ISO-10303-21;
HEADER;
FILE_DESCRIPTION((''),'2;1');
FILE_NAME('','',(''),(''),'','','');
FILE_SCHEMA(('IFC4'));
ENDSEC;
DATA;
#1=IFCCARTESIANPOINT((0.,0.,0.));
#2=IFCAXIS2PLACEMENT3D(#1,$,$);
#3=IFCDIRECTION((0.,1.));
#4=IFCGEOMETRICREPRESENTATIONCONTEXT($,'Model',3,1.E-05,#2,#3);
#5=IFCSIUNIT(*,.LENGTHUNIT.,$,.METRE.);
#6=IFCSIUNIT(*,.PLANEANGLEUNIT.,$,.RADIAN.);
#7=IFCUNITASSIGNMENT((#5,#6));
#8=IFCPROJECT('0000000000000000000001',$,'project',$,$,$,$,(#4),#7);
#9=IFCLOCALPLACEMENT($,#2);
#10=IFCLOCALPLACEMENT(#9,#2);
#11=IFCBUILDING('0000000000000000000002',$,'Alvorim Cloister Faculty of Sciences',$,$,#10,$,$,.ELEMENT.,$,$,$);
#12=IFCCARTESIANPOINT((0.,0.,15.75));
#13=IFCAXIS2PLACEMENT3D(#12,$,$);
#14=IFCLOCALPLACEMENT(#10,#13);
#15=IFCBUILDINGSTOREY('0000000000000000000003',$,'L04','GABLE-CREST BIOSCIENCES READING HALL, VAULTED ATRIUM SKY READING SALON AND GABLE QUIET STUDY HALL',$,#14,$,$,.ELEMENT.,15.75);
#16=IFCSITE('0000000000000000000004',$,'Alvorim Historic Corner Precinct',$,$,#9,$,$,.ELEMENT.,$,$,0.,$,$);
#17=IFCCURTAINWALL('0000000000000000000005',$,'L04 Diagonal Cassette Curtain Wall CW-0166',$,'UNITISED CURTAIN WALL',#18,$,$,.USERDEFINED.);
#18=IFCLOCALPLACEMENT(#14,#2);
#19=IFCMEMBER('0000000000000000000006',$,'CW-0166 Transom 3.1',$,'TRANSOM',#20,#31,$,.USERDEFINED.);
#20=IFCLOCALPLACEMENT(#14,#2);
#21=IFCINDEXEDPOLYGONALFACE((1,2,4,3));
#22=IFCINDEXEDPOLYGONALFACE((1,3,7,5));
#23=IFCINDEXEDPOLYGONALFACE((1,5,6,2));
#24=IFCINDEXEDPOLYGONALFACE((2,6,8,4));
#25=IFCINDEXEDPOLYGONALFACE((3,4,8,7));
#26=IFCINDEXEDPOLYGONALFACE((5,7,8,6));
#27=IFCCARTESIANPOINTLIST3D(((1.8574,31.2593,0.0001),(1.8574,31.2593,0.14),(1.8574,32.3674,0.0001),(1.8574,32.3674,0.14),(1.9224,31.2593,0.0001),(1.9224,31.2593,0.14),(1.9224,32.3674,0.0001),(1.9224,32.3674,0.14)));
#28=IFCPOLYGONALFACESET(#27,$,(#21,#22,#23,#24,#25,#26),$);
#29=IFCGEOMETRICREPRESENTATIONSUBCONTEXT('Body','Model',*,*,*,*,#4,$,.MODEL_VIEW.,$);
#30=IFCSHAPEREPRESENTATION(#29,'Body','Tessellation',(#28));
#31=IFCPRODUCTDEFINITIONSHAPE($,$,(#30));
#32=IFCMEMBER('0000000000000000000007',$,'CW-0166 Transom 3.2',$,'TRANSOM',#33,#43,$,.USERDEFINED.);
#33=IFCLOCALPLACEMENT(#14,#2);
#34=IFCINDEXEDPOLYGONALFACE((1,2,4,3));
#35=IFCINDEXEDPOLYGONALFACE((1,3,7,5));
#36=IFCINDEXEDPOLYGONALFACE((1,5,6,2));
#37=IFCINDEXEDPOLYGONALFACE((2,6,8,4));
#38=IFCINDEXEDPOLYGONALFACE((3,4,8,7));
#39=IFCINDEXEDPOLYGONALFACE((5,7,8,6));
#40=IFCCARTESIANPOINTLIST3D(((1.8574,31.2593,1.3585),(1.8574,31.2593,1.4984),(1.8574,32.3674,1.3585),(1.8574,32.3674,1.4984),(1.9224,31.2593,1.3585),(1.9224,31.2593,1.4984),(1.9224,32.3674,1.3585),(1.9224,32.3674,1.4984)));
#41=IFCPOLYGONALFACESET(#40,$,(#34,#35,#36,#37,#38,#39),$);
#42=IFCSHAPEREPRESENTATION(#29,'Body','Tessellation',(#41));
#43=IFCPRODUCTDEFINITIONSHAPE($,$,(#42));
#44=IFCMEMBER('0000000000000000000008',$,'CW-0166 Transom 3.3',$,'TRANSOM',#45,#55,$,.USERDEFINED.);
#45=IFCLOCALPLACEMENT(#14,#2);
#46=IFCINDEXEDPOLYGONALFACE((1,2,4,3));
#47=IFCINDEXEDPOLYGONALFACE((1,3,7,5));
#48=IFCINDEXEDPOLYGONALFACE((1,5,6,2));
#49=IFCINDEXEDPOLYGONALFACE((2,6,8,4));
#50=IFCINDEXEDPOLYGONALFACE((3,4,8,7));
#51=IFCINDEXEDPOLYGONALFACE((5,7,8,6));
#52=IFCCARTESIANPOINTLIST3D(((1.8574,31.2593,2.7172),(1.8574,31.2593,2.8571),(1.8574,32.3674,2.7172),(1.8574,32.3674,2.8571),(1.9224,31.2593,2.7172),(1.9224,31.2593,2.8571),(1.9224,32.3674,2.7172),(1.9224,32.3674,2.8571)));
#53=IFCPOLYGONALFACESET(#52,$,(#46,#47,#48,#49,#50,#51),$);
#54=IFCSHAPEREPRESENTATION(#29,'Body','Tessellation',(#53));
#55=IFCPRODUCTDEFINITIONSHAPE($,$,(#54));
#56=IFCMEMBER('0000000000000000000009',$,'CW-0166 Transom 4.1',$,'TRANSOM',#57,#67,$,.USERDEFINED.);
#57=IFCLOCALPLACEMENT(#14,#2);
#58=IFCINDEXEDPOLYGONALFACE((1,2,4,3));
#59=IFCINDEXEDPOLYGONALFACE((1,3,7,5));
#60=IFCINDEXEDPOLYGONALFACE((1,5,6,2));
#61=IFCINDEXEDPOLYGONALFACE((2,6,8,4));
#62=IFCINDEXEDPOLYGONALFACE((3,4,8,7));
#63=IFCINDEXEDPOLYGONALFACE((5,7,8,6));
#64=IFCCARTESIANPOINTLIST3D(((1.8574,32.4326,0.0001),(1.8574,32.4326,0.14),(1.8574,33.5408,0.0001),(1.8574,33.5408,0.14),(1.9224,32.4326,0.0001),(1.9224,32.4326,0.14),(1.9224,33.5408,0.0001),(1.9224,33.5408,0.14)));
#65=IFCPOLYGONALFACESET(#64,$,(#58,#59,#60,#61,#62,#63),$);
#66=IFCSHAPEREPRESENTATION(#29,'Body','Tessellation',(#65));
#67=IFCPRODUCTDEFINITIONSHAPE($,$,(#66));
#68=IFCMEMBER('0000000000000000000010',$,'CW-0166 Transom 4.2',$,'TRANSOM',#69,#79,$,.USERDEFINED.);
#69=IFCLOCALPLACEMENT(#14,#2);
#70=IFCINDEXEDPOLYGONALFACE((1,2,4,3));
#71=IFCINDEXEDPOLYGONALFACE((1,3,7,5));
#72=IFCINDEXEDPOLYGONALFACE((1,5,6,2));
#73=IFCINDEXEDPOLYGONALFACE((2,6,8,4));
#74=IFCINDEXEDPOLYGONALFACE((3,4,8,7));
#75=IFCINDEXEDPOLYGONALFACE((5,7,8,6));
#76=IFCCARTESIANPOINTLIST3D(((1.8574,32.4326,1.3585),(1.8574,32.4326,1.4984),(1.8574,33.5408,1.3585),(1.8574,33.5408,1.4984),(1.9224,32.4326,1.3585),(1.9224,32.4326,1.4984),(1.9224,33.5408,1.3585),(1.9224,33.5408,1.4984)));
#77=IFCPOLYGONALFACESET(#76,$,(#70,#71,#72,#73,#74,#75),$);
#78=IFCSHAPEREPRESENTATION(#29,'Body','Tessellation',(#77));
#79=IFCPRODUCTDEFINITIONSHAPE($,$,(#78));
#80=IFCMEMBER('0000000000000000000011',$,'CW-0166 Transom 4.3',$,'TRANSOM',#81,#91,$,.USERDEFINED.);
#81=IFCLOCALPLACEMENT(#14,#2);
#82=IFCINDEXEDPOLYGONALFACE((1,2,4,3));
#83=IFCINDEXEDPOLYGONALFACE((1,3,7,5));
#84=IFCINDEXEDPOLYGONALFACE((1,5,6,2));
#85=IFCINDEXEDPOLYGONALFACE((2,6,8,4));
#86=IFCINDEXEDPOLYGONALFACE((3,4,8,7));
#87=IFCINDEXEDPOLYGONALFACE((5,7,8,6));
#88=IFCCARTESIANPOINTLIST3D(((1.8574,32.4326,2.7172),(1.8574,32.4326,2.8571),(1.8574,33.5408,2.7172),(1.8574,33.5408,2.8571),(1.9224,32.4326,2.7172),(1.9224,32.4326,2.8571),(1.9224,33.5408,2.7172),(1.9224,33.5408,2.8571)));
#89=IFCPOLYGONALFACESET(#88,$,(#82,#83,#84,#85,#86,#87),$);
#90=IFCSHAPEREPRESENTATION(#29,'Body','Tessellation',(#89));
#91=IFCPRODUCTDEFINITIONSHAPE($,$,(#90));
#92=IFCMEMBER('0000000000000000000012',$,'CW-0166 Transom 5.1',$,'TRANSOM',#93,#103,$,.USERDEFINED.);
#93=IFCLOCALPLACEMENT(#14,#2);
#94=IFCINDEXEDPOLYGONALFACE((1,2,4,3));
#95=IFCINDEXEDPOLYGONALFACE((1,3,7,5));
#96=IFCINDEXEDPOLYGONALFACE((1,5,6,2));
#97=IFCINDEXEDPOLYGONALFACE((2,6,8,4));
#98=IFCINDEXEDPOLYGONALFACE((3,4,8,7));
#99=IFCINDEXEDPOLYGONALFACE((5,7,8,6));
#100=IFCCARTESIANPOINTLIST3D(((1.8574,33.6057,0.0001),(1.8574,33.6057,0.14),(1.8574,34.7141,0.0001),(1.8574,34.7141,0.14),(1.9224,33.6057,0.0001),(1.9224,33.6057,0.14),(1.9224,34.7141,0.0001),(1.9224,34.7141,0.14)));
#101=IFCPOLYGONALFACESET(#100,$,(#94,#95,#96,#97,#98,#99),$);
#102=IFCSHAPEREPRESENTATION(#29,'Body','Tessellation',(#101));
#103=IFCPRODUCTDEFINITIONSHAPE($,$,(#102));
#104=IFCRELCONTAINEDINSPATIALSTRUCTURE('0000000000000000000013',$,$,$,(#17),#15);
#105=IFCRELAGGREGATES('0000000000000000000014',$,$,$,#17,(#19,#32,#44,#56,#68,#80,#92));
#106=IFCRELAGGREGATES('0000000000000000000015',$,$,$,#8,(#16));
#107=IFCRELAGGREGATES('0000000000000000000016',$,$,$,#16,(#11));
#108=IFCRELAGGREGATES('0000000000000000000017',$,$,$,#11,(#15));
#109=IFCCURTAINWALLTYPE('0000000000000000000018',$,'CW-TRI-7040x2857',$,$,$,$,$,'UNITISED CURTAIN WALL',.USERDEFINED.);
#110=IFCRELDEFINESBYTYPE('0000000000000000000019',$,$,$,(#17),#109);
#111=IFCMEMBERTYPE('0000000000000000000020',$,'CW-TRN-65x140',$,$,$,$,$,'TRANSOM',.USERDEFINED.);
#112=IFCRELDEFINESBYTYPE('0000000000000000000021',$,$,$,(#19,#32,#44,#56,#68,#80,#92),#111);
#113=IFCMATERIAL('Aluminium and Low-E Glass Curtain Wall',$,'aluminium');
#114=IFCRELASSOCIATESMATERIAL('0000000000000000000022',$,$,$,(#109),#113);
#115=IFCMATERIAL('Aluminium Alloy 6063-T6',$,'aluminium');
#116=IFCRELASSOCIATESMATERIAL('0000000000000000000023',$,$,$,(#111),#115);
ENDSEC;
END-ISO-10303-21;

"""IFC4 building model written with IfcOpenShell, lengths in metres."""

from ifc_helpers import new_model, si_unit, direction, frame, origin, origin_2d, place, context, subcontext, project, spatial, rectangle, extrude, material, material_profile, profile_set, type_object, element, aggregate, save


model = new_model("IFC4")

# Units and contexts
model_context = context("Model", 3, precision=1e-05, world=origin(), true_north=direction((0.0, 1.0)))
body_context = subcontext(model_context, "Body", "Model", "MODEL_VIEW")
ifc_project = project(units=[si_unit("LENGTHUNIT", "METRE"), si_unit("PLANEANGLEUNIT", "RADIAN")], contexts=[model_context])

# Site, building, storey
site_placement = place(None, origin())
site = spatial("IfcSite", under=ifc_project, at=site_placement, Name="Alvorim Historic Corner Precinct", CompositionType="ELEMENT", RefElevation=0.0)
building_placement = place(site_placement, origin())
building = spatial("IfcBuilding", under=site, at=building_placement, Name="Alvorim Cloister Faculty of Sciences", CompositionType="ELEMENT")
storey_placement = place(building_placement, frame((0.0, 0.0, 15.75)))
storey = spatial("IfcBuildingStorey", under=building, at=storey_placement, Name="L04", Description="GABLE-CREST BIOSCIENCES READING HALL, VAULTED ATRIUM SKY READING SALON AND GABLE QUIET STUDY HALL", CompositionType="ELEMENT", Elevation=15.75)

# Curtain wall, members
ifc_material_1 = material(Name="Aluminium and Low-E Glass Curtain Wall", Category="aluminium")
curtain_wall_type = type_object("IfcCurtainWallType", Name="CW-TRI-7040x2857", ElementType="UNITISED CURTAIN WALL", PredefinedType="USERDEFINED", material=ifc_material_1)
curtain_wall_placement = place(storey_placement, origin())
curtain_wall = element("IfcCurtainWall", 1, at=curtain_wall_placement, inside=storey, type_object=curtain_wall_type, Name="L04 Diagonal Cassette Curtain Wall CW-0166", ObjectType="UNITISED CURTAIN WALL", PredefinedType="USERDEFINED")
ifc_material_2 = material(Name="Aluminium Alloy 6063-T6", Category="aluminium")
ifc_material_profile_1 = material_profile(ifc_material_2, rectangle(XDim=0.0649, YDim=0.1399, at=origin_2d()), Name="ALU-TRN-65x140")
ifc_profile_set_1 = profile_set([ifc_material_profile_1], Name="Aluminium Alloy 6063-T6")
member_type_1 = type_object("IfcMemberType", Name="CW-TRN-65x140", ElementType="TRANSOM", PredefinedType="USERDEFINED", material=ifc_profile_set_1)
member_1_placement = place(storey_placement, frame((1.8899, 31.2593, 0.0701), z_axis=(0.0, 1.0, 0.0), x_axis=(-1.0, 0.0, 0.0)))
member_1 = element("IfcMember", 2, at=member_1_placement, type_object=member_type_1, Name="CW-0166 Transom 3.1", ObjectType="TRANSOM", PredefinedType="USERDEFINED", context=body_context, shape_type="SweptSolid", body=[
    extrude(rectangle(XDim=0.0649, YDim=0.1399, at=origin_2d()), origin(), (0.0, 0.0, 1.0), 1.1082),
])
member_2_placement = place(storey_placement, frame((1.8899, 31.2593, 1.4285), z_axis=(0.0, 1.0, 0.0), x_axis=(-1.0, 0.0, 0.0)))
member_2 = element("IfcMember", 3, at=member_2_placement, type_object=member_type_1, Name="CW-0166 Transom 3.2", ObjectType="TRANSOM", PredefinedType="USERDEFINED", context=body_context, shape_type="SweptSolid", body=[
    extrude(rectangle(XDim=0.0649, YDim=0.1399, at=origin_2d()), origin(), (0.0, 0.0, 1.0), 1.1082),
])
member_3_placement = place(storey_placement, frame((1.8899, 31.2593, 2.7871), z_axis=(0.0, 1.0, 0.0), x_axis=(-1.0, 0.0, 0.0)))
member_3 = element("IfcMember", 4, at=member_3_placement, type_object=member_type_1, Name="CW-0166 Transom 3.3", ObjectType="TRANSOM", PredefinedType="USERDEFINED", context=body_context, shape_type="SweptSolid", body=[
    extrude(rectangle(XDim=0.0649, YDim=0.1399, at=origin_2d()), origin(), (0.0, 0.0, 1.0), 1.1082),
])
member_4_placement = place(storey_placement, frame((1.8899, 32.4326, 0.0701), z_axis=(0.0, 1.0, 0.0), x_axis=(-1.0, 0.0, 0.0)))
member_4 = element("IfcMember", 5, at=member_4_placement, type_object=member_type_1, Name="CW-0166 Transom 4.1", ObjectType="TRANSOM", PredefinedType="USERDEFINED", context=body_context, shape_type="SweptSolid", body=[
    extrude(rectangle(XDim=0.0649, YDim=0.1399, at=origin_2d()), origin(), (0.0, 0.0, 1.0), 1.1082),
])
member_5_placement = place(storey_placement, frame((1.8899, 32.4326, 1.4285), z_axis=(0.0, 1.0, 0.0), x_axis=(-1.0, 0.0, 0.0)))
member_5 = element("IfcMember", 6, at=member_5_placement, type_object=member_type_1, Name="CW-0166 Transom 4.2", ObjectType="TRANSOM", PredefinedType="USERDEFINED", context=body_context, shape_type="SweptSolid", body=[
    extrude(rectangle(XDim=0.0649, YDim=0.1399, at=origin_2d()), origin(), (0.0, 0.0, 1.0), 1.1082),
])
member_6_placement = place(storey_placement, frame((1.8899, 32.4326, 2.7871), z_axis=(0.0, 1.0, 0.0), x_axis=(-1.0, 0.0, 0.0)))
member_6 = element("IfcMember", 7, at=member_6_placement, type_object=member_type_1, Name="CW-0166 Transom 4.3", ObjectType="TRANSOM", PredefinedType="USERDEFINED", context=body_context, shape_type="SweptSolid", body=[
    extrude(rectangle(XDim=0.0649, YDim=0.1399, at=origin_2d()), origin(), (0.0, 0.0, 1.0), 1.1082),
])
member_7_placement = place(storey_placement, frame((1.8899, 33.6057, 0.0701), z_axis=(0.0, 1.0, 0.0), x_axis=(-1.0, 0.0, 0.0)))
member_7 = element("IfcMember", 8, at=member_7_placement, type_object=member_type_1, Name="CW-0166 Transom 5.1", ObjectType="TRANSOM", PredefinedType="USERDEFINED", context=body_context, shape_type="SweptSolid", body=[
    extrude(rectangle(XDim=0.0649, YDim=0.1399, at=origin_2d()), origin(), (0.0, 0.0, 1.0), 1.1084),
])
aggregate(curtain_wall, [member_1, member_2, member_3, member_4, member_5, member_6, member_7])

save(model, "model.ifc")
